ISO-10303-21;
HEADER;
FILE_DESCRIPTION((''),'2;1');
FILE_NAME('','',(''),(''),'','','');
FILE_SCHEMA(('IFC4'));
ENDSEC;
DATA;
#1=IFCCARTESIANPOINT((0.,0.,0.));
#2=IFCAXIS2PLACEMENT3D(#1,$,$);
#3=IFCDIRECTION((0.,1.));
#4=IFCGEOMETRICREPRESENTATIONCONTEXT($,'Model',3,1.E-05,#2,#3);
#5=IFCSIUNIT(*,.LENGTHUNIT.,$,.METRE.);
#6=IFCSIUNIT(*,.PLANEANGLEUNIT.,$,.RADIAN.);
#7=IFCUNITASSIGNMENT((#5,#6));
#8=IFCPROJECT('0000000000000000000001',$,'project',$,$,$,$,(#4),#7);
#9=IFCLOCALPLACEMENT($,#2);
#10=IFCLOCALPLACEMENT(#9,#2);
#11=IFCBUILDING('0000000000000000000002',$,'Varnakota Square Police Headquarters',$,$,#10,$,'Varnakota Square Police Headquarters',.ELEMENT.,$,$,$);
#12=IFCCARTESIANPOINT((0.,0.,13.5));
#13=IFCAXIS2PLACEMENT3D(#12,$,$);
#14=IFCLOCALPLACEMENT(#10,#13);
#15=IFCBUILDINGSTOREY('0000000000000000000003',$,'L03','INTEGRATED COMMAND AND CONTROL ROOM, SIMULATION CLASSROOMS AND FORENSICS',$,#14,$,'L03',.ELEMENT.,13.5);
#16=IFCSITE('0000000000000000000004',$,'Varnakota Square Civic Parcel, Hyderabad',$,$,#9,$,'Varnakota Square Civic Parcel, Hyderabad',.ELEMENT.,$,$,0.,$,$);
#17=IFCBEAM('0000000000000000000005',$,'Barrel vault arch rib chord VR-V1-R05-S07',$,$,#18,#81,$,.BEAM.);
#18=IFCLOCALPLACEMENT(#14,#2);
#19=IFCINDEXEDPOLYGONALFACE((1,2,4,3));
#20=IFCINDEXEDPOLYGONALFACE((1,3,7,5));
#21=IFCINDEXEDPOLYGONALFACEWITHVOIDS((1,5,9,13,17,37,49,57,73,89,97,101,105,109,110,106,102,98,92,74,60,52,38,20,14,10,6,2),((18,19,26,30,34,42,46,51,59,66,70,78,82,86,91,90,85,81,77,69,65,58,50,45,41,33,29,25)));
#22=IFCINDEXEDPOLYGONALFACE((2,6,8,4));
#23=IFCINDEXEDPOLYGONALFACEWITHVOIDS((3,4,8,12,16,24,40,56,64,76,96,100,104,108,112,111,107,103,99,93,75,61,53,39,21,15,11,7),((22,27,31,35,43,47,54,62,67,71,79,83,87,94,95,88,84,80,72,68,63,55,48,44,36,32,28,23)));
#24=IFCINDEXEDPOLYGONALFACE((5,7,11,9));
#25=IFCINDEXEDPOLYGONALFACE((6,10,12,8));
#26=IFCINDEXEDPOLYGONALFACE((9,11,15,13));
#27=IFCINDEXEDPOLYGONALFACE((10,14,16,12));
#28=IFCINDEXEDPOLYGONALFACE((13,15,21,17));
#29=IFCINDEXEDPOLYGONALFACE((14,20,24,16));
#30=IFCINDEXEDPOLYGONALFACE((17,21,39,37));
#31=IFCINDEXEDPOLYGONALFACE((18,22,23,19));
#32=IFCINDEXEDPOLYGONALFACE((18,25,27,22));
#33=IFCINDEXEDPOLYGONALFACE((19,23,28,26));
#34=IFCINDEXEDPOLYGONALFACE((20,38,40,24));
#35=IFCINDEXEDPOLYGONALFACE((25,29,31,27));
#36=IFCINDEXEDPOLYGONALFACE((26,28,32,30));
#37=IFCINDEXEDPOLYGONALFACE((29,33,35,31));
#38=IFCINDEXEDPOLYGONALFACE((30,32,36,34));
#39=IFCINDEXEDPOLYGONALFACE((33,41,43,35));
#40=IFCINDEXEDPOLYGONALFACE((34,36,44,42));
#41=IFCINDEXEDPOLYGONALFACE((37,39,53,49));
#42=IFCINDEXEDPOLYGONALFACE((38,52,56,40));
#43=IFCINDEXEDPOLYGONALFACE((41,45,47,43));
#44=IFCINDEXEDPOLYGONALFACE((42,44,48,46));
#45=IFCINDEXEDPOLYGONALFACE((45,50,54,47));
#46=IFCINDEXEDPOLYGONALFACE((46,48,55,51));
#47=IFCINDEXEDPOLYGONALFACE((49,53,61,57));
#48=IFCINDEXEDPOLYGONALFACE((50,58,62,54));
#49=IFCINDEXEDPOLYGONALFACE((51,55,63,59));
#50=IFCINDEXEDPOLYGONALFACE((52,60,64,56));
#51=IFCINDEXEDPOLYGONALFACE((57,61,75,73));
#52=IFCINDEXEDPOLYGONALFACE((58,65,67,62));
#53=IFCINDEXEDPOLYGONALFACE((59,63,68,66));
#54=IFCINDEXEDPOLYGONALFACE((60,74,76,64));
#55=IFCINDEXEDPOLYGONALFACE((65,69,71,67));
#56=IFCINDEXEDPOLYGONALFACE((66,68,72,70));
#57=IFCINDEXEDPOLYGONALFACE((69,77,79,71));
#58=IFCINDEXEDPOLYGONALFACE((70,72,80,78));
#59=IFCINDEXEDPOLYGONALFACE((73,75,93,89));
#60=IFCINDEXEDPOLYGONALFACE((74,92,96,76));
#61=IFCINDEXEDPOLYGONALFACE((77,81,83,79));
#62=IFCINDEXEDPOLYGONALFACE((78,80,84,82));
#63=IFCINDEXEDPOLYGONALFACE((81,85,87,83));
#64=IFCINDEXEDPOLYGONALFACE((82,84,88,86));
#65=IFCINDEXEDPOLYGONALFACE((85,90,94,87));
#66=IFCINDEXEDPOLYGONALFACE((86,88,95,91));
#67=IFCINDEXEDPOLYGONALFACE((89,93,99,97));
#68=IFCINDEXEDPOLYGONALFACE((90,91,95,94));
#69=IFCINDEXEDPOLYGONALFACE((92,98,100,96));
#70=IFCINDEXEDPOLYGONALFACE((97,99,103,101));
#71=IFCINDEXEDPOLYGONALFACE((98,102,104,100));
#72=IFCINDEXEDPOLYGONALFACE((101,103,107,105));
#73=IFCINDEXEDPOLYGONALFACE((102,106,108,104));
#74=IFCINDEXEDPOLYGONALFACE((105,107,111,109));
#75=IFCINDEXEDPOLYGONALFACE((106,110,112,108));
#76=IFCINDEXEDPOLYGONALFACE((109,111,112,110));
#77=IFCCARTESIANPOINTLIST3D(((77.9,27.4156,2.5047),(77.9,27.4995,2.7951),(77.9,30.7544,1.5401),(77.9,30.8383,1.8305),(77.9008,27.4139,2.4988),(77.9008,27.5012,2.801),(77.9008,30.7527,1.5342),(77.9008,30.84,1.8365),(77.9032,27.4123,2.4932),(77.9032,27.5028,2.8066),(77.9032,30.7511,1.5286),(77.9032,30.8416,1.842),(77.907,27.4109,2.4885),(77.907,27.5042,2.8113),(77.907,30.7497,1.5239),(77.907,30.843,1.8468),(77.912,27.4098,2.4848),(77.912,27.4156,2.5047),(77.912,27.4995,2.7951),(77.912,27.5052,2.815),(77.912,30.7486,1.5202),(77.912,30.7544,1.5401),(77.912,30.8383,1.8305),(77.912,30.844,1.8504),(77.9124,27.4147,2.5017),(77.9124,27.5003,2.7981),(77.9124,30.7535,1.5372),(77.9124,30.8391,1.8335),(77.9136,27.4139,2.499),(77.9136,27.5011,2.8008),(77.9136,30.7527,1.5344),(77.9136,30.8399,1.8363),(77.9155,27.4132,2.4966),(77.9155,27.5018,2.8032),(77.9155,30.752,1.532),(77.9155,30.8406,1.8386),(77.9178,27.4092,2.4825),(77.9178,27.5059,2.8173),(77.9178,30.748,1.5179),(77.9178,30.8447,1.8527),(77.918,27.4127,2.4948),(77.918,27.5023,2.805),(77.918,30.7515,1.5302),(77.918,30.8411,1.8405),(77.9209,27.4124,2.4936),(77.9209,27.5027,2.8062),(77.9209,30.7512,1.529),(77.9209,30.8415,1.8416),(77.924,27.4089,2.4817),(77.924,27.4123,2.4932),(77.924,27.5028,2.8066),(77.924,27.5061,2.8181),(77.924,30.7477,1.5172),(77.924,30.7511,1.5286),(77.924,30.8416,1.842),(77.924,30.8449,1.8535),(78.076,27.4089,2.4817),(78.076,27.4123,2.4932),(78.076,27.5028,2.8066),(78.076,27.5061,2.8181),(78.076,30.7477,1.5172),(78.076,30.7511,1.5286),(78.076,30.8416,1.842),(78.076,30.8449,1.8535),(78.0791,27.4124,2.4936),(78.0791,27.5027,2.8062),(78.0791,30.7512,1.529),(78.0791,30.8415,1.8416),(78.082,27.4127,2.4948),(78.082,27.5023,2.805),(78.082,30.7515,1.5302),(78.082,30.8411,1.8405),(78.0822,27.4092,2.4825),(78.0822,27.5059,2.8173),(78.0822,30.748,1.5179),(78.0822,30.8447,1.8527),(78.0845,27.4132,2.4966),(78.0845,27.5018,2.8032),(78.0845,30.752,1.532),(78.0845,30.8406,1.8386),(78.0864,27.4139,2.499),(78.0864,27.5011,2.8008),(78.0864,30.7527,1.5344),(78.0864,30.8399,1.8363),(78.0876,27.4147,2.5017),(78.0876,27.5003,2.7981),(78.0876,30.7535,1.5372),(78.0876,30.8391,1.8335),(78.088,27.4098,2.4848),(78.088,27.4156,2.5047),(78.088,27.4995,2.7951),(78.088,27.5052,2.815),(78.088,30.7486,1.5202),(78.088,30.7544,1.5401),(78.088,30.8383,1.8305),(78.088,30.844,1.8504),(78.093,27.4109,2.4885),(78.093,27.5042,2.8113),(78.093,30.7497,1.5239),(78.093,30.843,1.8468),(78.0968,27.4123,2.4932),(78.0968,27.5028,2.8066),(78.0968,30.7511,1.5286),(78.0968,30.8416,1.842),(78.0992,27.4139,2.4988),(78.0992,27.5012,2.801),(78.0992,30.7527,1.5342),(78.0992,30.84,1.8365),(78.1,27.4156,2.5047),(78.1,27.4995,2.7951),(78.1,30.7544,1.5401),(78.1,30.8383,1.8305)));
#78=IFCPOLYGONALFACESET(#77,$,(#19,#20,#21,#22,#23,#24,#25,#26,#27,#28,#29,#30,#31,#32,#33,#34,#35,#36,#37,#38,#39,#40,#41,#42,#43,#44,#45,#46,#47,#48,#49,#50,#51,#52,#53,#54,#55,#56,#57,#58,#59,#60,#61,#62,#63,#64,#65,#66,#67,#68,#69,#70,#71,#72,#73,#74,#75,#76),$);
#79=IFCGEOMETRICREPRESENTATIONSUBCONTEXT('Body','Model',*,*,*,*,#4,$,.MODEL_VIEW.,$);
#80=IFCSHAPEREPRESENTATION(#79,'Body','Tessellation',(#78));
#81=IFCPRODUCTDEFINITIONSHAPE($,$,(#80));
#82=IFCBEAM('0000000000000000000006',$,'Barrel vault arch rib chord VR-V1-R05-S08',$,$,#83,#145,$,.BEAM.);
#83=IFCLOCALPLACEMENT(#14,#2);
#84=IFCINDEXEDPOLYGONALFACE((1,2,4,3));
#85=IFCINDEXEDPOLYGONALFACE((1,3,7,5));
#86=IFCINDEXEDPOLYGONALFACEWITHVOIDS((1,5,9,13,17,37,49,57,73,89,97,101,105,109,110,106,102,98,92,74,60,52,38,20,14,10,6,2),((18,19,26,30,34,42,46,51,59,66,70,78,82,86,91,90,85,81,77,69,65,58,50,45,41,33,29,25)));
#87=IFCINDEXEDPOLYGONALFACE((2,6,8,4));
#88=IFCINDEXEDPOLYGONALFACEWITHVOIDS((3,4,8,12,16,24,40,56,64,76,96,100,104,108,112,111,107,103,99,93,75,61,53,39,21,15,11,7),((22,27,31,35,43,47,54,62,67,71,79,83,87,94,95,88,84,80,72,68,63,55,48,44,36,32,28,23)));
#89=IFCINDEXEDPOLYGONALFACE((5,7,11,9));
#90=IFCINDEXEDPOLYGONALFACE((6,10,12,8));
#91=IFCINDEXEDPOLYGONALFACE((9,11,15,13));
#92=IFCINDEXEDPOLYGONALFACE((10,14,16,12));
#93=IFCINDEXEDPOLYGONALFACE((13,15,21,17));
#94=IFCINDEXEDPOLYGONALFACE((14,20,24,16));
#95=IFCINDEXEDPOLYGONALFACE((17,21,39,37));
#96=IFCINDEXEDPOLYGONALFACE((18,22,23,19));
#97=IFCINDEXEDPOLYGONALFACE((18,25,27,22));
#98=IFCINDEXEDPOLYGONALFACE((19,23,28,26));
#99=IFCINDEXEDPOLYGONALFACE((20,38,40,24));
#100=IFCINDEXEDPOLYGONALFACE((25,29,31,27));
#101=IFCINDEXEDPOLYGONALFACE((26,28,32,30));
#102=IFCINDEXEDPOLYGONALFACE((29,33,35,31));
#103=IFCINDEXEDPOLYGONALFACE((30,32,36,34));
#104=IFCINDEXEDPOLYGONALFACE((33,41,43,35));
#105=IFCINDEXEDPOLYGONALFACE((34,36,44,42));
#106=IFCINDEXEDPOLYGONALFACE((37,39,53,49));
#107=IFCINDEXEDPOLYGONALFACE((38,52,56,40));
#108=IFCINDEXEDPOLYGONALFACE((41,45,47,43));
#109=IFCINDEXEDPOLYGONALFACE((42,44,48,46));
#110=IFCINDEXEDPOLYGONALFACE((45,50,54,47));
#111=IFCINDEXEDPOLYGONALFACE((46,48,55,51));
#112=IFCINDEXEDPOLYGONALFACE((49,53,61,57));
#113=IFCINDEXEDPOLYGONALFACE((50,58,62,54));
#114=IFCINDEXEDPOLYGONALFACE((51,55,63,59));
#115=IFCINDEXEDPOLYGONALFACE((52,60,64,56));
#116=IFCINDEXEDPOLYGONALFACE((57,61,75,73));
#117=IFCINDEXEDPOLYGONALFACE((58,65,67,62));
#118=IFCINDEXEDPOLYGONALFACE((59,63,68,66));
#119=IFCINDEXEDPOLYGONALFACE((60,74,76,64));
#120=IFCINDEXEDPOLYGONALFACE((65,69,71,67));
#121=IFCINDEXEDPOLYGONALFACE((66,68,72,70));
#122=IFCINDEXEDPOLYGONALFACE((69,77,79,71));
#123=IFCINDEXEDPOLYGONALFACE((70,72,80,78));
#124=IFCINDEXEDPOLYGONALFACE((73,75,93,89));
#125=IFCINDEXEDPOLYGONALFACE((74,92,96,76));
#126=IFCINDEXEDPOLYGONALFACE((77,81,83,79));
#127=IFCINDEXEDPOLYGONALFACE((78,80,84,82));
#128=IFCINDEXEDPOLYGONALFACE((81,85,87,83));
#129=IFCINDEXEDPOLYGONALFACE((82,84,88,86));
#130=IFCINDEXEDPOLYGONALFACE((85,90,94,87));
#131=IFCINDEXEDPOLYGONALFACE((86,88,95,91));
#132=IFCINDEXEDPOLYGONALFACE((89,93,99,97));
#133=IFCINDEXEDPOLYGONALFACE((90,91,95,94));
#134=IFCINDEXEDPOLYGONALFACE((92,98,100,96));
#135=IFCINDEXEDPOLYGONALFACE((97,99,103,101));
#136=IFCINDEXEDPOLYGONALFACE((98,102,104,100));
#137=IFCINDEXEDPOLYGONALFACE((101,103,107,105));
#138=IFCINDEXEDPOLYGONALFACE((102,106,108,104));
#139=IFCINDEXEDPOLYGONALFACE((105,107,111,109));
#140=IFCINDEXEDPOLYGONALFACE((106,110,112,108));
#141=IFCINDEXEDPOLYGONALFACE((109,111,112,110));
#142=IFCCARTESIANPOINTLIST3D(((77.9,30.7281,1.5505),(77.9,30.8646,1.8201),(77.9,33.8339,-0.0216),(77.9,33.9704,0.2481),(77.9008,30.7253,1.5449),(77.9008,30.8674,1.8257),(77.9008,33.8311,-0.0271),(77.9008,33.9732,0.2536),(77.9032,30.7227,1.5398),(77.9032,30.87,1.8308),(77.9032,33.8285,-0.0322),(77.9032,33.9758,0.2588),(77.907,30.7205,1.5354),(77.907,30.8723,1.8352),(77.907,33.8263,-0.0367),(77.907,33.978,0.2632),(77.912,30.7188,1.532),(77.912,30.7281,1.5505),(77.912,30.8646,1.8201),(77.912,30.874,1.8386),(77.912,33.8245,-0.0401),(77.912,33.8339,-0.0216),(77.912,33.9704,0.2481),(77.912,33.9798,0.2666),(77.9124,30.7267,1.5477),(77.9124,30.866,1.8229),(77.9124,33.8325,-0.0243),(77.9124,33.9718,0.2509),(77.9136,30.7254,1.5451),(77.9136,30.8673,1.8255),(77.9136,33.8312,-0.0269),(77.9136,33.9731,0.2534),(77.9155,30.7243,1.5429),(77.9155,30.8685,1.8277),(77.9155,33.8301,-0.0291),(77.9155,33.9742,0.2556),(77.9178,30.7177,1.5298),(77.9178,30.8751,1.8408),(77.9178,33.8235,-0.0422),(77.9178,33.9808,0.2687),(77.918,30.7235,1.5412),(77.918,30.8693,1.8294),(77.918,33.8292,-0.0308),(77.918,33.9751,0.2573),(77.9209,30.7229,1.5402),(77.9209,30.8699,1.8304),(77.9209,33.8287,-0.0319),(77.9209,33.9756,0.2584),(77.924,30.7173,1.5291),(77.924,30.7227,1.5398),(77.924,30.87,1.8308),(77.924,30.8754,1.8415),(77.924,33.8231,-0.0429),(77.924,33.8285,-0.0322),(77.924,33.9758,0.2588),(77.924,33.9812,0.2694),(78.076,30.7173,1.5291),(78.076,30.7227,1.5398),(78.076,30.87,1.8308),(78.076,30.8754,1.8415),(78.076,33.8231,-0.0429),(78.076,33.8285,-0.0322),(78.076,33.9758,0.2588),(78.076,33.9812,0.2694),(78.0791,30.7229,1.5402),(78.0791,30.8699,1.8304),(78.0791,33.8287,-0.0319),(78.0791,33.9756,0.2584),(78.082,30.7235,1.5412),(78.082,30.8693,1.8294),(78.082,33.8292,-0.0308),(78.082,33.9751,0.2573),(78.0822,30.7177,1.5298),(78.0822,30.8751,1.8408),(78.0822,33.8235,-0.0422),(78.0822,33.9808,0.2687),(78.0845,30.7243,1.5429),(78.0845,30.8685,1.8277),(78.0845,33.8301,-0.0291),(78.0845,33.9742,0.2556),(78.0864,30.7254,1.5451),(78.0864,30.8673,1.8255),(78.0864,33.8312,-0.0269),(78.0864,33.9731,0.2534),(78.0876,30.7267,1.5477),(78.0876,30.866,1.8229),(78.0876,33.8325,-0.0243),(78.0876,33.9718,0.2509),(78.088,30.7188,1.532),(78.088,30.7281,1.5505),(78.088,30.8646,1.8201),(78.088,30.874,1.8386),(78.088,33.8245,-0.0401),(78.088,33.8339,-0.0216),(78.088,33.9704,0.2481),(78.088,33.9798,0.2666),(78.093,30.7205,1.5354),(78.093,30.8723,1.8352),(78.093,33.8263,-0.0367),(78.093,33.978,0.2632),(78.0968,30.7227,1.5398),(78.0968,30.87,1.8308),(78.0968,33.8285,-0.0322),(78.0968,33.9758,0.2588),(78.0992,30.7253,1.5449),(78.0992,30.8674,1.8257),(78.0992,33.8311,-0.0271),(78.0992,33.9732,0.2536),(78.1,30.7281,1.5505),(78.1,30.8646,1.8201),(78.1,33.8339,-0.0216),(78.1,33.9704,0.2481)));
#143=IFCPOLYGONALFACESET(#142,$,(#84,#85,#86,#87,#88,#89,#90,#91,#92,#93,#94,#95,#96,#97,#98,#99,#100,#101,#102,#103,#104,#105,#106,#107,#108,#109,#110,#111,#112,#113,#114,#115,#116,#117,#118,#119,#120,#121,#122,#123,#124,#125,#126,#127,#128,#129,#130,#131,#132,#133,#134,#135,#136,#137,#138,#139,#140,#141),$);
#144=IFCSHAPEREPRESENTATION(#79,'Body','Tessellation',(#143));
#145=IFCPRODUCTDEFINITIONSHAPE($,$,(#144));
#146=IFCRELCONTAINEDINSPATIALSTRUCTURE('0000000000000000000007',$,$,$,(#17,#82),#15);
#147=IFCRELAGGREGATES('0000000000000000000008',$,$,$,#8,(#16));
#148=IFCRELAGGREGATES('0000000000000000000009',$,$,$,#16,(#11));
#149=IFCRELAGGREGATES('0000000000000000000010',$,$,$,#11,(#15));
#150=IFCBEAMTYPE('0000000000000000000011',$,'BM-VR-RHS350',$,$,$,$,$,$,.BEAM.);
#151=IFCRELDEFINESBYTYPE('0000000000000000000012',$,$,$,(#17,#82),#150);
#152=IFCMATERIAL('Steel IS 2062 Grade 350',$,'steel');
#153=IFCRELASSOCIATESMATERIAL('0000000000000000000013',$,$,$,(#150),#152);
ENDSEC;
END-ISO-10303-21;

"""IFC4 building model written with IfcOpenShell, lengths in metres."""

from ifc_helpers import new_model, si_unit, direction, frame, origin, origin_2d, place, context, subcontext, project, spatial, hollow_rectangle, extrude, material, material_profile, profile_set, type_object, element, save


model = new_model("IFC4")

# Units and contexts
model_context = context("Model", 3, precision=1e-05, world=origin(), true_north=direction((0.0, 1.0)))
body_context = subcontext(model_context, "Body", "Model", "MODEL_VIEW")
ifc_project = project(units=[si_unit("LENGTHUNIT", "METRE"), si_unit("PLANEANGLEUNIT", "RADIAN")], contexts=[model_context])

# Site, building, storey
site_placement = place(None, origin())
site = spatial("IfcSite", under=ifc_project, at=site_placement, Name="Varnakota Square Civic Parcel, Hyderabad", LongName="Varnakota Square Civic Parcel, Hyderabad", CompositionType="ELEMENT", RefElevation=0.0)
building_placement = place(site_placement, origin())
building = spatial("IfcBuilding", under=site, at=building_placement, Name="Varnakota Square Police Headquarters", LongName="Varnakota Square Police Headquarters", CompositionType="ELEMENT")
storey_placement = place(building_placement, frame((0.0, 0.0, 13.5)))
storey = spatial("IfcBuildingStorey", under=building, at=storey_placement, Name="L03", Description="INTEGRATED COMMAND AND CONTROL ROOM, SIMULATION CLASSROOMS AND FORENSICS", LongName="L03", CompositionType="ELEMENT", Elevation=13.5)

# Beams
ifc_material_1 = material(Name="Steel IS 2062 Grade 350", Category="steel")
ifc_material_profile_1 = material_profile(ifc_material_1, hollow_rectangle(XDim=0.2, YDim=0.3501, WallThickness=0.012, InnerFilletRadius=0.012, OuterFilletRadius=0.0239, at=origin_2d()), Name="RHS 350x200x12")
ifc_profile_set_1 = profile_set([ifc_material_profile_1], Name="Steel IS 2062 Grade 350")
beam_type = type_object("IfcBeamType", Name="BM-VR-RHS350", PredefinedType="BEAM", material=ifc_profile_set_1)
beam_1_placement = place(storey_placement, frame((78.0, 27.4575, 2.6499), z_axis=(0.0, 0.960711, -0.27755), x_axis=(-1.0, 0.0, 0.0)))
element("IfcBeam", 1, at=beam_1_placement, inside=storey, type_object=beam_type, Name="Barrel vault arch rib chord VR-V1-R05-S07", PredefinedType="BEAM", context=body_context, shape_type="SweptSolid", body=[
    extrude(hollow_rectangle(XDim=0.2, YDim=0.3501, WallThickness=0.012, InnerFilletRadius=0.012, OuterFilletRadius=0.0239, at=origin_2d()), origin(), (0.0, 0.0, 1.0), 3.4753),
])
for number, where, z_axis, x_axis, name in (
    (2, (78.0, 30.7964, 1.6853), (0.0, 0.892214, -0.451613), (-1.0, 0.0, 0.0), "Barrel vault arch rib chord VR-V1-R05-S08"),
):
    element("IfcBeam", number, at=place(storey_placement, frame(where, z_axis=z_axis, x_axis=x_axis)), inside=storey, type_object=beam_type, Name=name, PredefinedType="BEAM", context=body_context, shape_type="SweptSolid", body=[
        extrude(hollow_rectangle(XDim=0.2, YDim=0.3501, WallThickness=0.012, InnerFilletRadius=0.012, OuterFilletRadius=0.0239, at=origin_2d()), origin(), (0.0, 0.0, 1.0), 3.481),
    ])

save(model, "model.ifc")
